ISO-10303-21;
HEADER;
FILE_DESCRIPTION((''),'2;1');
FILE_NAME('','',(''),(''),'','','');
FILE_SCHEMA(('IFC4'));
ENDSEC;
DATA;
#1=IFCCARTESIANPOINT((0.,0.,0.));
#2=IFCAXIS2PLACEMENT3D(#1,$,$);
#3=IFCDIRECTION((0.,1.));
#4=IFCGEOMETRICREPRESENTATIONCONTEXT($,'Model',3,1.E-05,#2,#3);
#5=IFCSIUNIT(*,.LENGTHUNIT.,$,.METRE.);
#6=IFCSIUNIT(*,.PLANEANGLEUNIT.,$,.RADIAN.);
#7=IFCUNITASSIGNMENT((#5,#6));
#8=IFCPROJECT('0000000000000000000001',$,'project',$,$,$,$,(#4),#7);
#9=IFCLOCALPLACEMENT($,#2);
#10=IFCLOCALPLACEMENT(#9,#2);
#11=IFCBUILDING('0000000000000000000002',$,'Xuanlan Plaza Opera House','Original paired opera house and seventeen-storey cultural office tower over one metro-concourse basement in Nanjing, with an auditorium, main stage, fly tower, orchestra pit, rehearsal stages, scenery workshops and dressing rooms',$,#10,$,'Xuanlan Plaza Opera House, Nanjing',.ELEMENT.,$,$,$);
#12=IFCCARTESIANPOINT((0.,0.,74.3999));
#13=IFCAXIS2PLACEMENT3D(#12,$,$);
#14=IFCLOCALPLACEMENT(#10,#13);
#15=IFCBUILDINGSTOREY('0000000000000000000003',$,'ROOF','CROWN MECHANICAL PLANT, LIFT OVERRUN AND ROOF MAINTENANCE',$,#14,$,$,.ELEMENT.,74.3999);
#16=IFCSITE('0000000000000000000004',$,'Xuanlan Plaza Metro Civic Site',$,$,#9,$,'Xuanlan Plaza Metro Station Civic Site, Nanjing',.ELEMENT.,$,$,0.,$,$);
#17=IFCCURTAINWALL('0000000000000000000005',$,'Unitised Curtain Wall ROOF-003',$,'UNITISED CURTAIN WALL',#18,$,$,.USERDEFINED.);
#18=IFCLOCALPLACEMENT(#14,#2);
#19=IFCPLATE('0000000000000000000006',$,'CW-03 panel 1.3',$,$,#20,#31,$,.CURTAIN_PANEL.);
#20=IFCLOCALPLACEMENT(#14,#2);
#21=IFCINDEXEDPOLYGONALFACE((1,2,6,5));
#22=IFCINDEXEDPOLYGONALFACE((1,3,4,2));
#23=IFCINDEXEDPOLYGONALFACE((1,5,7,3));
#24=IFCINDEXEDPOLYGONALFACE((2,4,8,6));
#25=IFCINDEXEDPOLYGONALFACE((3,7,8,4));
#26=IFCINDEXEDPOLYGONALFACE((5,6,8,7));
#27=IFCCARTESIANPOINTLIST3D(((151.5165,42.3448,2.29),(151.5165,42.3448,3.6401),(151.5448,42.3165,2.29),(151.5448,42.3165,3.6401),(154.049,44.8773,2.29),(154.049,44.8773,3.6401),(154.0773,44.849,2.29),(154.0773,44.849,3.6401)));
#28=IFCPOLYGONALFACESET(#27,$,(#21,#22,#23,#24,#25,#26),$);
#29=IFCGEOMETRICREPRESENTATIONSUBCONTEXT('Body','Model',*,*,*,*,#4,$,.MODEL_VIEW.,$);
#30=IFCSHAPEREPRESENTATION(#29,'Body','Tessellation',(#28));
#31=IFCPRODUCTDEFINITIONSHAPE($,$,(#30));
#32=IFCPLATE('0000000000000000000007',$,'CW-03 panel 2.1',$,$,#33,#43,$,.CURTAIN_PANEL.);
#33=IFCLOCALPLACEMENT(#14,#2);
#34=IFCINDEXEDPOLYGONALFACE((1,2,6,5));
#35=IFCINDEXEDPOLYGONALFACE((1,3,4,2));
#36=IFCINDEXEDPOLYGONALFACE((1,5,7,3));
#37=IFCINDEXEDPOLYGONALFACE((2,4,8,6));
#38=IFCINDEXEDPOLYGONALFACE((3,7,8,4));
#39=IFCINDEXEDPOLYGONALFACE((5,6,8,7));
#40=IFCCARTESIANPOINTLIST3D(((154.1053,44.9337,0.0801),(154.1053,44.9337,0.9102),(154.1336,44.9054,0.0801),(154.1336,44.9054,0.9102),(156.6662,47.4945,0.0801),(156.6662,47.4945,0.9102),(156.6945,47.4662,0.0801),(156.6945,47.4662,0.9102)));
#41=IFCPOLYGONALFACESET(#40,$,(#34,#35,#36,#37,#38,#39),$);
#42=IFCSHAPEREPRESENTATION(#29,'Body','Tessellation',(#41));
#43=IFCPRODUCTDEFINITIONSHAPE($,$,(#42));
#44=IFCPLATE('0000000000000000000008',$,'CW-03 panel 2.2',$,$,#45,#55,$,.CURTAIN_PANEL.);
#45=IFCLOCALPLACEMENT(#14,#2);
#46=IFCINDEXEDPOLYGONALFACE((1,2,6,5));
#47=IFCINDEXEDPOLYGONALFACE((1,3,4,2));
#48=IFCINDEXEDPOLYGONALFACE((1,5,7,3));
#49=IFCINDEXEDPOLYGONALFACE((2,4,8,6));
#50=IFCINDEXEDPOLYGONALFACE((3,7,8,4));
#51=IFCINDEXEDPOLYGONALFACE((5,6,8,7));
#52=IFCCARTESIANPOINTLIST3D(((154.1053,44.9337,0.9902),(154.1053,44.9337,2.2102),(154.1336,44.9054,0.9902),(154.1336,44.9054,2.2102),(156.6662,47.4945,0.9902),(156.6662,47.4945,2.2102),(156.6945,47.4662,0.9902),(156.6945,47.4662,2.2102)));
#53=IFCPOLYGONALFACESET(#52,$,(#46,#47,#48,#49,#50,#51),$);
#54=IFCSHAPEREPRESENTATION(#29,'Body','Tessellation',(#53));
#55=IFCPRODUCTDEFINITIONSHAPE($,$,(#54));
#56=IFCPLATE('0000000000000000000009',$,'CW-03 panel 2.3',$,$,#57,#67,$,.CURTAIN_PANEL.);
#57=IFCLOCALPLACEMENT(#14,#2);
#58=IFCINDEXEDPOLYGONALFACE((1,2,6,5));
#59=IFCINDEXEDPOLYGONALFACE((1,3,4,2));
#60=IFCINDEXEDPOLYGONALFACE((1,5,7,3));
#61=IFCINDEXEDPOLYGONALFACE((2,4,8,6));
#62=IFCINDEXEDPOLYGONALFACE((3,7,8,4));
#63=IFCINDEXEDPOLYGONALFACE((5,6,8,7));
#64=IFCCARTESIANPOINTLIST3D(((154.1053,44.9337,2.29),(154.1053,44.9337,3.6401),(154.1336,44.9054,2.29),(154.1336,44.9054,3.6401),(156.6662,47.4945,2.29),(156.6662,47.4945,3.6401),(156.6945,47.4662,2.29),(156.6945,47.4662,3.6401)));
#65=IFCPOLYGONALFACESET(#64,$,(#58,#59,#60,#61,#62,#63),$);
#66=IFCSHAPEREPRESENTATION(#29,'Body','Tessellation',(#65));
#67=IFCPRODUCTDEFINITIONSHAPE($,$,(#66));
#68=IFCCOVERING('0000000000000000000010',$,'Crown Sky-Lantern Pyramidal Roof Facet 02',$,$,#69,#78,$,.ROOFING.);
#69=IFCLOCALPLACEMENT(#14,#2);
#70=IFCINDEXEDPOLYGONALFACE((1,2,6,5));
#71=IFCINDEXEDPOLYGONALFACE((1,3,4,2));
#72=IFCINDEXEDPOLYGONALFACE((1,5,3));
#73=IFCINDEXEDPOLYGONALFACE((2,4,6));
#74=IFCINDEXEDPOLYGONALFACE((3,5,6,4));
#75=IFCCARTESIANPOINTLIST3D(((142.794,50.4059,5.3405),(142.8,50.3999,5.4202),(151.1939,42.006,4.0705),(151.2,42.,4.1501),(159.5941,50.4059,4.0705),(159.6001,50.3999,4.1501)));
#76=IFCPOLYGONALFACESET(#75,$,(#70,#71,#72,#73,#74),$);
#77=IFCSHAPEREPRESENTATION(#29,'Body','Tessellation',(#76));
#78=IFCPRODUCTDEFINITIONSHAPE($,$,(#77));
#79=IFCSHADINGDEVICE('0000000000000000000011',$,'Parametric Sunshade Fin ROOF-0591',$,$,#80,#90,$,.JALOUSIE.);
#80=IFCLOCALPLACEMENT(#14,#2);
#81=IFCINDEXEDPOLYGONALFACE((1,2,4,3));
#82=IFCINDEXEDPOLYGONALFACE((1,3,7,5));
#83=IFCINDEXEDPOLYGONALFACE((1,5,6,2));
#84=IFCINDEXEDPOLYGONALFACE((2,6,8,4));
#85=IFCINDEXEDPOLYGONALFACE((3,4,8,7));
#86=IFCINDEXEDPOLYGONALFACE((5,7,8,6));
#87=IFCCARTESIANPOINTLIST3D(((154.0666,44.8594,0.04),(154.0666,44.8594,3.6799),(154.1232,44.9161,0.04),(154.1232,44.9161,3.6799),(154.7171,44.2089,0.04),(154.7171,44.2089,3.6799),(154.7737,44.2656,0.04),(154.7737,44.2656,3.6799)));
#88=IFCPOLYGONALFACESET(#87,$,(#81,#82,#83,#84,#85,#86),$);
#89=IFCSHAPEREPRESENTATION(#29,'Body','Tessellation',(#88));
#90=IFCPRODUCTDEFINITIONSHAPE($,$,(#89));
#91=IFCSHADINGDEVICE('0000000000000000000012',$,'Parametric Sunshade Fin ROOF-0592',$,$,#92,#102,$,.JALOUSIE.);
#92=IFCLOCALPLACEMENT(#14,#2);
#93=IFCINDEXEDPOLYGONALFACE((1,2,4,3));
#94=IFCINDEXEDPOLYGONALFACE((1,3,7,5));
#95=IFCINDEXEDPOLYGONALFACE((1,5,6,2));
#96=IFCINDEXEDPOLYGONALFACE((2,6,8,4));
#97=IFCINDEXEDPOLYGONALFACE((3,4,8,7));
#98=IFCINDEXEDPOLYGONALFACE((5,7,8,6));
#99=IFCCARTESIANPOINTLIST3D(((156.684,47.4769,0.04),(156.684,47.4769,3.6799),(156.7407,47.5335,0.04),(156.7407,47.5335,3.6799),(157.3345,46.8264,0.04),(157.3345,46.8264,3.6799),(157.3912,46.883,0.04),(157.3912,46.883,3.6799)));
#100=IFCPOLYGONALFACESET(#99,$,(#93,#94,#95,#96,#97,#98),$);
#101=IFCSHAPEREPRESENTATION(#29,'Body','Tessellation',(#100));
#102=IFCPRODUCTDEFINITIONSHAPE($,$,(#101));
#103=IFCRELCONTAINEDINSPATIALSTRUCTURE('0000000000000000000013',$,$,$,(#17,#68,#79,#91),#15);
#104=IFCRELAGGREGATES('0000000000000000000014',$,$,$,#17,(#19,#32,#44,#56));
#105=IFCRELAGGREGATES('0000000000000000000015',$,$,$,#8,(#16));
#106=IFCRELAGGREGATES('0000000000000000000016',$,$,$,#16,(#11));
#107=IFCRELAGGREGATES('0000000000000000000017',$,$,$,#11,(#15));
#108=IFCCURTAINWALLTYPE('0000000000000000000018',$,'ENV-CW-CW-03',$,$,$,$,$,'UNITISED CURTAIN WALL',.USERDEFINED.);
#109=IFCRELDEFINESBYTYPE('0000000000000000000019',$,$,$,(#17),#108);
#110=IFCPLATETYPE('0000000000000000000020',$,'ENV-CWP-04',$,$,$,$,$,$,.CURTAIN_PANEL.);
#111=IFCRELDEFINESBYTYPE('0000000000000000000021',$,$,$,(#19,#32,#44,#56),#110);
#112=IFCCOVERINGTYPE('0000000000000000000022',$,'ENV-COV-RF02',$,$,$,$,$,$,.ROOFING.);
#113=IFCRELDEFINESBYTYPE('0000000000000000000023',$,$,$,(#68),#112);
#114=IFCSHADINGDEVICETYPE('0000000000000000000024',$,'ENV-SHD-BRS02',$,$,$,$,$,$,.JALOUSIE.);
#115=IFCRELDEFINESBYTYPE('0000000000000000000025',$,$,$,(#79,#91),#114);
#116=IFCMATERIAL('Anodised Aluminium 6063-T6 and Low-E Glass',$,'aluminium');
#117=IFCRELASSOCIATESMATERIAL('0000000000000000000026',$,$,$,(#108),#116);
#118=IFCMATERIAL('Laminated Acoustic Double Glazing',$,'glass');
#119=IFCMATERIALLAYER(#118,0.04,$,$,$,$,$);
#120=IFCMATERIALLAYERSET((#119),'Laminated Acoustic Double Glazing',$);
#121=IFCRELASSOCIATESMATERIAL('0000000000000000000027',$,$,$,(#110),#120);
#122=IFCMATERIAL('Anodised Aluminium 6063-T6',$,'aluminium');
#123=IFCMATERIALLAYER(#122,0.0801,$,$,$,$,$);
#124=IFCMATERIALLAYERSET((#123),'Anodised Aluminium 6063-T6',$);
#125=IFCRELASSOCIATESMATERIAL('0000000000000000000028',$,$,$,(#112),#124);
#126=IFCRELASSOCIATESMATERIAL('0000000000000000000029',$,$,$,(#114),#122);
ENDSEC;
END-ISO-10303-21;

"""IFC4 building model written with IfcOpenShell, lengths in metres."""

from ifc_helpers import new_model, si_unit, direction, frame, origin, origin_2d, place, context, subcontext, project, spatial, polyline, rectangle, outline, extrude, material, layer, layer_set, type_object, element, aggregate, save


model = new_model("IFC4")

# Units and contexts
model_context = context("Model", 3, precision=1e-05, world=origin(), true_north=direction((0.0, 1.0)))
body_context = subcontext(model_context, "Body", "Model", "MODEL_VIEW")
ifc_project = project(units=[si_unit("LENGTHUNIT", "METRE"), si_unit("PLANEANGLEUNIT", "RADIAN")], contexts=[model_context])

# Site, building, storey
site_placement = place(None, origin())
site = spatial("IfcSite", under=ifc_project, at=site_placement, Name="Xuanlan Plaza Metro Civic Site", LongName="Xuanlan Plaza Metro Station Civic Site, Nanjing", CompositionType="ELEMENT", RefElevation=0.0)
building_placement = place(site_placement, origin())
building = spatial("IfcBuilding", under=site, at=building_placement, Name="Xuanlan Plaza Opera House", Description="Original paired opera house and seventeen-storey cultural office tower over one metro-concourse basement in Nanjing, with an auditorium, main stage, fly tower, orchestra pit, rehearsal stages, scenery workshops and dressing rooms", LongName="Xuanlan Plaza Opera House, Nanjing", CompositionType="ELEMENT")
storey_placement = place(building_placement, frame((0.0, 0.0, 74.3999)))
storey = spatial("IfcBuildingStorey", under=building, at=storey_placement, Name="ROOF", Description="CROWN MECHANICAL PLANT, LIFT OVERRUN AND ROOF MAINTENANCE", CompositionType="ELEMENT", Elevation=74.3999)

# Curtain wall
ifc_material_1 = material(Name="Anodised Aluminium 6063-T6 and Low-E Glass", Category="aluminium")
curtain_wall_type = type_object("IfcCurtainWallType", Name="ENV-CW-CW-03", ElementType="UNITISED CURTAIN WALL", PredefinedType="USERDEFINED", material=ifc_material_1)
curtain_wall_placement = place(storey_placement, origin())
curtain_wall = element("IfcCurtainWall", 1, at=curtain_wall_placement, inside=storey, type_object=curtain_wall_type, Name="Unitised Curtain Wall ROOF-003", ObjectType="UNITISED CURTAIN WALL", PredefinedType="USERDEFINED")
ifc_material_2 = material(Name="Anodised Aluminium 6063-T6", Category="aluminium")

# Plates
ifc_material_3 = material(Name="Laminated Acoustic Double Glazing", Category="glass")
ifc_layer_1 = layer(ifc_material_3, 0.04)
ifc_layer_set_1 = layer_set([ifc_layer_1], Name="Laminated Acoustic Double Glazing")
plate_type = type_object("IfcPlateType", Name="ENV-CWP-04", PredefinedType="CURTAIN_PANEL", material=ifc_layer_set_1)
plate_1_placement = place(storey_placement, frame((152.7969, 43.5969, 2.29), z_axis=(0.0, 0.0, 1.0), x_axis=(0.707107, 0.707107, 0.0)))
plate_1 = element("IfcPlate", 2, at=plate_1_placement, type_object=plate_type, Name="CW-03 panel 1.3", PredefinedType="CURTAIN_PANEL", context=body_context, shape_type="SweptSolid", body=[
    extrude(rectangle(XDim=3.5815, YDim=0.04, at=origin_2d()), origin(), (0.0, 0.0, 1.0), 1.3501),
])
plate_2_placement = place(storey_placement, frame((155.3999, 46.2, 0.0801), z_axis=(0.0, 0.0, 1.0), x_axis=(0.707107, 0.707107, 0.0)))
plate_2 = element("IfcPlate", 3, at=plate_2_placement, type_object=plate_type, Name="CW-03 panel 2.1", PredefinedType="CURTAIN_PANEL", context=body_context, shape_type="SweptSolid", body=[
    extrude(rectangle(XDim=3.6216, YDim=0.04, at=origin_2d()), origin(), (0.0, 0.0, 1.0), 0.8301),
])
plate_3_placement = place(storey_placement, frame((155.3999, 46.2, 0.9902), z_axis=(0.0, 0.0, 1.0), x_axis=(0.707107, 0.707107, 0.0)))
plate_3 = element("IfcPlate", 4, at=plate_3_placement, type_object=plate_type, Name="CW-03 panel 2.2", PredefinedType="CURTAIN_PANEL", context=body_context, shape_type="SweptSolid", body=[
    extrude(rectangle(XDim=3.6216, YDim=0.04, at=origin_2d()), origin(), (0.0, 0.0, 1.0), 1.22),
])
plate_4_placement = place(storey_placement, frame((155.3999, 46.2, 2.29), z_axis=(0.0, 0.0, 1.0), x_axis=(0.707107, 0.707107, 0.0)))
plate_4 = element("IfcPlate", 5, at=plate_4_placement, type_object=plate_type, Name="CW-03 panel 2.3", PredefinedType="CURTAIN_PANEL", context=body_context, shape_type="SweptSolid", body=[
    extrude(rectangle(XDim=3.6216, YDim=0.04, at=origin_2d()), origin(), (0.0, 0.0, 1.0), 1.3501),
])
aggregate(curtain_wall, [plate_1, plate_2, plate_3, plate_4])

# Covering
ifc_layer_2 = layer(ifc_material_2, 0.0801)
ifc_layer_set_2 = layer_set([ifc_layer_2], Name="Anodised Aluminium 6063-T6")
covering_type = type_object("IfcCoveringType", Name="ENV-COV-RF02", PredefinedType="ROOFING", material=ifc_layer_set_2)
covering_placement = place(storey_placement, frame((151.2, 42.0, 4.1501), z_axis=(0.075168, -0.07517, 0.994334), x_axis=(0.707117, 0.707097, 0.0)))
element("IfcCovering", 6, at=covering_placement, inside=storey, type_object=covering_type, Name="Crown Sky-Lantern Pyramidal Roof Facet 02", PredefinedType="ROOFING", context=body_context, shape_type="SweptSolid", body=[
    extrude(outline(polyline([(0.0, 0.0), (11.8794, 0.0), (-0.0002, 11.947), (0.0, 0.0)])), origin(), (0.0, 0.0, -1.0), 0.0801),
])

# Shading devices
shading_device_type = type_object("IfcShadingDeviceType", Name="ENV-SHD-BRS02", PredefinedType="JALOUSIE", material=ifc_material_2)
for number, where, z_axis, x_axis, name in (
    (7, (154.4202, 44.5625, 0.04), (0.0, 0.0, 1.0), (0.707107, -0.707107, 0.0), "Parametric Sunshade Fin ROOF-0591"),
    (8, (157.0376, 47.1799, 0.04), (0.0, 0.0, 1.0), (0.707107, -0.707107, 0.0), "Parametric Sunshade Fin ROOF-0592"),
):
    element("IfcShadingDevice", number, at=place(storey_placement, frame(where, z_axis=z_axis, x_axis=x_axis)), inside=storey, type_object=shading_device_type, Name=name, PredefinedType="JALOUSIE", context=body_context, shape_type="SweptSolid", body=[
        extrude(rectangle(XDim=0.9199, YDim=0.0801, at=origin_2d()), origin(), (0.0, 0.0, 1.0), 3.6399),
    ])

save(model, "model.ifc")
